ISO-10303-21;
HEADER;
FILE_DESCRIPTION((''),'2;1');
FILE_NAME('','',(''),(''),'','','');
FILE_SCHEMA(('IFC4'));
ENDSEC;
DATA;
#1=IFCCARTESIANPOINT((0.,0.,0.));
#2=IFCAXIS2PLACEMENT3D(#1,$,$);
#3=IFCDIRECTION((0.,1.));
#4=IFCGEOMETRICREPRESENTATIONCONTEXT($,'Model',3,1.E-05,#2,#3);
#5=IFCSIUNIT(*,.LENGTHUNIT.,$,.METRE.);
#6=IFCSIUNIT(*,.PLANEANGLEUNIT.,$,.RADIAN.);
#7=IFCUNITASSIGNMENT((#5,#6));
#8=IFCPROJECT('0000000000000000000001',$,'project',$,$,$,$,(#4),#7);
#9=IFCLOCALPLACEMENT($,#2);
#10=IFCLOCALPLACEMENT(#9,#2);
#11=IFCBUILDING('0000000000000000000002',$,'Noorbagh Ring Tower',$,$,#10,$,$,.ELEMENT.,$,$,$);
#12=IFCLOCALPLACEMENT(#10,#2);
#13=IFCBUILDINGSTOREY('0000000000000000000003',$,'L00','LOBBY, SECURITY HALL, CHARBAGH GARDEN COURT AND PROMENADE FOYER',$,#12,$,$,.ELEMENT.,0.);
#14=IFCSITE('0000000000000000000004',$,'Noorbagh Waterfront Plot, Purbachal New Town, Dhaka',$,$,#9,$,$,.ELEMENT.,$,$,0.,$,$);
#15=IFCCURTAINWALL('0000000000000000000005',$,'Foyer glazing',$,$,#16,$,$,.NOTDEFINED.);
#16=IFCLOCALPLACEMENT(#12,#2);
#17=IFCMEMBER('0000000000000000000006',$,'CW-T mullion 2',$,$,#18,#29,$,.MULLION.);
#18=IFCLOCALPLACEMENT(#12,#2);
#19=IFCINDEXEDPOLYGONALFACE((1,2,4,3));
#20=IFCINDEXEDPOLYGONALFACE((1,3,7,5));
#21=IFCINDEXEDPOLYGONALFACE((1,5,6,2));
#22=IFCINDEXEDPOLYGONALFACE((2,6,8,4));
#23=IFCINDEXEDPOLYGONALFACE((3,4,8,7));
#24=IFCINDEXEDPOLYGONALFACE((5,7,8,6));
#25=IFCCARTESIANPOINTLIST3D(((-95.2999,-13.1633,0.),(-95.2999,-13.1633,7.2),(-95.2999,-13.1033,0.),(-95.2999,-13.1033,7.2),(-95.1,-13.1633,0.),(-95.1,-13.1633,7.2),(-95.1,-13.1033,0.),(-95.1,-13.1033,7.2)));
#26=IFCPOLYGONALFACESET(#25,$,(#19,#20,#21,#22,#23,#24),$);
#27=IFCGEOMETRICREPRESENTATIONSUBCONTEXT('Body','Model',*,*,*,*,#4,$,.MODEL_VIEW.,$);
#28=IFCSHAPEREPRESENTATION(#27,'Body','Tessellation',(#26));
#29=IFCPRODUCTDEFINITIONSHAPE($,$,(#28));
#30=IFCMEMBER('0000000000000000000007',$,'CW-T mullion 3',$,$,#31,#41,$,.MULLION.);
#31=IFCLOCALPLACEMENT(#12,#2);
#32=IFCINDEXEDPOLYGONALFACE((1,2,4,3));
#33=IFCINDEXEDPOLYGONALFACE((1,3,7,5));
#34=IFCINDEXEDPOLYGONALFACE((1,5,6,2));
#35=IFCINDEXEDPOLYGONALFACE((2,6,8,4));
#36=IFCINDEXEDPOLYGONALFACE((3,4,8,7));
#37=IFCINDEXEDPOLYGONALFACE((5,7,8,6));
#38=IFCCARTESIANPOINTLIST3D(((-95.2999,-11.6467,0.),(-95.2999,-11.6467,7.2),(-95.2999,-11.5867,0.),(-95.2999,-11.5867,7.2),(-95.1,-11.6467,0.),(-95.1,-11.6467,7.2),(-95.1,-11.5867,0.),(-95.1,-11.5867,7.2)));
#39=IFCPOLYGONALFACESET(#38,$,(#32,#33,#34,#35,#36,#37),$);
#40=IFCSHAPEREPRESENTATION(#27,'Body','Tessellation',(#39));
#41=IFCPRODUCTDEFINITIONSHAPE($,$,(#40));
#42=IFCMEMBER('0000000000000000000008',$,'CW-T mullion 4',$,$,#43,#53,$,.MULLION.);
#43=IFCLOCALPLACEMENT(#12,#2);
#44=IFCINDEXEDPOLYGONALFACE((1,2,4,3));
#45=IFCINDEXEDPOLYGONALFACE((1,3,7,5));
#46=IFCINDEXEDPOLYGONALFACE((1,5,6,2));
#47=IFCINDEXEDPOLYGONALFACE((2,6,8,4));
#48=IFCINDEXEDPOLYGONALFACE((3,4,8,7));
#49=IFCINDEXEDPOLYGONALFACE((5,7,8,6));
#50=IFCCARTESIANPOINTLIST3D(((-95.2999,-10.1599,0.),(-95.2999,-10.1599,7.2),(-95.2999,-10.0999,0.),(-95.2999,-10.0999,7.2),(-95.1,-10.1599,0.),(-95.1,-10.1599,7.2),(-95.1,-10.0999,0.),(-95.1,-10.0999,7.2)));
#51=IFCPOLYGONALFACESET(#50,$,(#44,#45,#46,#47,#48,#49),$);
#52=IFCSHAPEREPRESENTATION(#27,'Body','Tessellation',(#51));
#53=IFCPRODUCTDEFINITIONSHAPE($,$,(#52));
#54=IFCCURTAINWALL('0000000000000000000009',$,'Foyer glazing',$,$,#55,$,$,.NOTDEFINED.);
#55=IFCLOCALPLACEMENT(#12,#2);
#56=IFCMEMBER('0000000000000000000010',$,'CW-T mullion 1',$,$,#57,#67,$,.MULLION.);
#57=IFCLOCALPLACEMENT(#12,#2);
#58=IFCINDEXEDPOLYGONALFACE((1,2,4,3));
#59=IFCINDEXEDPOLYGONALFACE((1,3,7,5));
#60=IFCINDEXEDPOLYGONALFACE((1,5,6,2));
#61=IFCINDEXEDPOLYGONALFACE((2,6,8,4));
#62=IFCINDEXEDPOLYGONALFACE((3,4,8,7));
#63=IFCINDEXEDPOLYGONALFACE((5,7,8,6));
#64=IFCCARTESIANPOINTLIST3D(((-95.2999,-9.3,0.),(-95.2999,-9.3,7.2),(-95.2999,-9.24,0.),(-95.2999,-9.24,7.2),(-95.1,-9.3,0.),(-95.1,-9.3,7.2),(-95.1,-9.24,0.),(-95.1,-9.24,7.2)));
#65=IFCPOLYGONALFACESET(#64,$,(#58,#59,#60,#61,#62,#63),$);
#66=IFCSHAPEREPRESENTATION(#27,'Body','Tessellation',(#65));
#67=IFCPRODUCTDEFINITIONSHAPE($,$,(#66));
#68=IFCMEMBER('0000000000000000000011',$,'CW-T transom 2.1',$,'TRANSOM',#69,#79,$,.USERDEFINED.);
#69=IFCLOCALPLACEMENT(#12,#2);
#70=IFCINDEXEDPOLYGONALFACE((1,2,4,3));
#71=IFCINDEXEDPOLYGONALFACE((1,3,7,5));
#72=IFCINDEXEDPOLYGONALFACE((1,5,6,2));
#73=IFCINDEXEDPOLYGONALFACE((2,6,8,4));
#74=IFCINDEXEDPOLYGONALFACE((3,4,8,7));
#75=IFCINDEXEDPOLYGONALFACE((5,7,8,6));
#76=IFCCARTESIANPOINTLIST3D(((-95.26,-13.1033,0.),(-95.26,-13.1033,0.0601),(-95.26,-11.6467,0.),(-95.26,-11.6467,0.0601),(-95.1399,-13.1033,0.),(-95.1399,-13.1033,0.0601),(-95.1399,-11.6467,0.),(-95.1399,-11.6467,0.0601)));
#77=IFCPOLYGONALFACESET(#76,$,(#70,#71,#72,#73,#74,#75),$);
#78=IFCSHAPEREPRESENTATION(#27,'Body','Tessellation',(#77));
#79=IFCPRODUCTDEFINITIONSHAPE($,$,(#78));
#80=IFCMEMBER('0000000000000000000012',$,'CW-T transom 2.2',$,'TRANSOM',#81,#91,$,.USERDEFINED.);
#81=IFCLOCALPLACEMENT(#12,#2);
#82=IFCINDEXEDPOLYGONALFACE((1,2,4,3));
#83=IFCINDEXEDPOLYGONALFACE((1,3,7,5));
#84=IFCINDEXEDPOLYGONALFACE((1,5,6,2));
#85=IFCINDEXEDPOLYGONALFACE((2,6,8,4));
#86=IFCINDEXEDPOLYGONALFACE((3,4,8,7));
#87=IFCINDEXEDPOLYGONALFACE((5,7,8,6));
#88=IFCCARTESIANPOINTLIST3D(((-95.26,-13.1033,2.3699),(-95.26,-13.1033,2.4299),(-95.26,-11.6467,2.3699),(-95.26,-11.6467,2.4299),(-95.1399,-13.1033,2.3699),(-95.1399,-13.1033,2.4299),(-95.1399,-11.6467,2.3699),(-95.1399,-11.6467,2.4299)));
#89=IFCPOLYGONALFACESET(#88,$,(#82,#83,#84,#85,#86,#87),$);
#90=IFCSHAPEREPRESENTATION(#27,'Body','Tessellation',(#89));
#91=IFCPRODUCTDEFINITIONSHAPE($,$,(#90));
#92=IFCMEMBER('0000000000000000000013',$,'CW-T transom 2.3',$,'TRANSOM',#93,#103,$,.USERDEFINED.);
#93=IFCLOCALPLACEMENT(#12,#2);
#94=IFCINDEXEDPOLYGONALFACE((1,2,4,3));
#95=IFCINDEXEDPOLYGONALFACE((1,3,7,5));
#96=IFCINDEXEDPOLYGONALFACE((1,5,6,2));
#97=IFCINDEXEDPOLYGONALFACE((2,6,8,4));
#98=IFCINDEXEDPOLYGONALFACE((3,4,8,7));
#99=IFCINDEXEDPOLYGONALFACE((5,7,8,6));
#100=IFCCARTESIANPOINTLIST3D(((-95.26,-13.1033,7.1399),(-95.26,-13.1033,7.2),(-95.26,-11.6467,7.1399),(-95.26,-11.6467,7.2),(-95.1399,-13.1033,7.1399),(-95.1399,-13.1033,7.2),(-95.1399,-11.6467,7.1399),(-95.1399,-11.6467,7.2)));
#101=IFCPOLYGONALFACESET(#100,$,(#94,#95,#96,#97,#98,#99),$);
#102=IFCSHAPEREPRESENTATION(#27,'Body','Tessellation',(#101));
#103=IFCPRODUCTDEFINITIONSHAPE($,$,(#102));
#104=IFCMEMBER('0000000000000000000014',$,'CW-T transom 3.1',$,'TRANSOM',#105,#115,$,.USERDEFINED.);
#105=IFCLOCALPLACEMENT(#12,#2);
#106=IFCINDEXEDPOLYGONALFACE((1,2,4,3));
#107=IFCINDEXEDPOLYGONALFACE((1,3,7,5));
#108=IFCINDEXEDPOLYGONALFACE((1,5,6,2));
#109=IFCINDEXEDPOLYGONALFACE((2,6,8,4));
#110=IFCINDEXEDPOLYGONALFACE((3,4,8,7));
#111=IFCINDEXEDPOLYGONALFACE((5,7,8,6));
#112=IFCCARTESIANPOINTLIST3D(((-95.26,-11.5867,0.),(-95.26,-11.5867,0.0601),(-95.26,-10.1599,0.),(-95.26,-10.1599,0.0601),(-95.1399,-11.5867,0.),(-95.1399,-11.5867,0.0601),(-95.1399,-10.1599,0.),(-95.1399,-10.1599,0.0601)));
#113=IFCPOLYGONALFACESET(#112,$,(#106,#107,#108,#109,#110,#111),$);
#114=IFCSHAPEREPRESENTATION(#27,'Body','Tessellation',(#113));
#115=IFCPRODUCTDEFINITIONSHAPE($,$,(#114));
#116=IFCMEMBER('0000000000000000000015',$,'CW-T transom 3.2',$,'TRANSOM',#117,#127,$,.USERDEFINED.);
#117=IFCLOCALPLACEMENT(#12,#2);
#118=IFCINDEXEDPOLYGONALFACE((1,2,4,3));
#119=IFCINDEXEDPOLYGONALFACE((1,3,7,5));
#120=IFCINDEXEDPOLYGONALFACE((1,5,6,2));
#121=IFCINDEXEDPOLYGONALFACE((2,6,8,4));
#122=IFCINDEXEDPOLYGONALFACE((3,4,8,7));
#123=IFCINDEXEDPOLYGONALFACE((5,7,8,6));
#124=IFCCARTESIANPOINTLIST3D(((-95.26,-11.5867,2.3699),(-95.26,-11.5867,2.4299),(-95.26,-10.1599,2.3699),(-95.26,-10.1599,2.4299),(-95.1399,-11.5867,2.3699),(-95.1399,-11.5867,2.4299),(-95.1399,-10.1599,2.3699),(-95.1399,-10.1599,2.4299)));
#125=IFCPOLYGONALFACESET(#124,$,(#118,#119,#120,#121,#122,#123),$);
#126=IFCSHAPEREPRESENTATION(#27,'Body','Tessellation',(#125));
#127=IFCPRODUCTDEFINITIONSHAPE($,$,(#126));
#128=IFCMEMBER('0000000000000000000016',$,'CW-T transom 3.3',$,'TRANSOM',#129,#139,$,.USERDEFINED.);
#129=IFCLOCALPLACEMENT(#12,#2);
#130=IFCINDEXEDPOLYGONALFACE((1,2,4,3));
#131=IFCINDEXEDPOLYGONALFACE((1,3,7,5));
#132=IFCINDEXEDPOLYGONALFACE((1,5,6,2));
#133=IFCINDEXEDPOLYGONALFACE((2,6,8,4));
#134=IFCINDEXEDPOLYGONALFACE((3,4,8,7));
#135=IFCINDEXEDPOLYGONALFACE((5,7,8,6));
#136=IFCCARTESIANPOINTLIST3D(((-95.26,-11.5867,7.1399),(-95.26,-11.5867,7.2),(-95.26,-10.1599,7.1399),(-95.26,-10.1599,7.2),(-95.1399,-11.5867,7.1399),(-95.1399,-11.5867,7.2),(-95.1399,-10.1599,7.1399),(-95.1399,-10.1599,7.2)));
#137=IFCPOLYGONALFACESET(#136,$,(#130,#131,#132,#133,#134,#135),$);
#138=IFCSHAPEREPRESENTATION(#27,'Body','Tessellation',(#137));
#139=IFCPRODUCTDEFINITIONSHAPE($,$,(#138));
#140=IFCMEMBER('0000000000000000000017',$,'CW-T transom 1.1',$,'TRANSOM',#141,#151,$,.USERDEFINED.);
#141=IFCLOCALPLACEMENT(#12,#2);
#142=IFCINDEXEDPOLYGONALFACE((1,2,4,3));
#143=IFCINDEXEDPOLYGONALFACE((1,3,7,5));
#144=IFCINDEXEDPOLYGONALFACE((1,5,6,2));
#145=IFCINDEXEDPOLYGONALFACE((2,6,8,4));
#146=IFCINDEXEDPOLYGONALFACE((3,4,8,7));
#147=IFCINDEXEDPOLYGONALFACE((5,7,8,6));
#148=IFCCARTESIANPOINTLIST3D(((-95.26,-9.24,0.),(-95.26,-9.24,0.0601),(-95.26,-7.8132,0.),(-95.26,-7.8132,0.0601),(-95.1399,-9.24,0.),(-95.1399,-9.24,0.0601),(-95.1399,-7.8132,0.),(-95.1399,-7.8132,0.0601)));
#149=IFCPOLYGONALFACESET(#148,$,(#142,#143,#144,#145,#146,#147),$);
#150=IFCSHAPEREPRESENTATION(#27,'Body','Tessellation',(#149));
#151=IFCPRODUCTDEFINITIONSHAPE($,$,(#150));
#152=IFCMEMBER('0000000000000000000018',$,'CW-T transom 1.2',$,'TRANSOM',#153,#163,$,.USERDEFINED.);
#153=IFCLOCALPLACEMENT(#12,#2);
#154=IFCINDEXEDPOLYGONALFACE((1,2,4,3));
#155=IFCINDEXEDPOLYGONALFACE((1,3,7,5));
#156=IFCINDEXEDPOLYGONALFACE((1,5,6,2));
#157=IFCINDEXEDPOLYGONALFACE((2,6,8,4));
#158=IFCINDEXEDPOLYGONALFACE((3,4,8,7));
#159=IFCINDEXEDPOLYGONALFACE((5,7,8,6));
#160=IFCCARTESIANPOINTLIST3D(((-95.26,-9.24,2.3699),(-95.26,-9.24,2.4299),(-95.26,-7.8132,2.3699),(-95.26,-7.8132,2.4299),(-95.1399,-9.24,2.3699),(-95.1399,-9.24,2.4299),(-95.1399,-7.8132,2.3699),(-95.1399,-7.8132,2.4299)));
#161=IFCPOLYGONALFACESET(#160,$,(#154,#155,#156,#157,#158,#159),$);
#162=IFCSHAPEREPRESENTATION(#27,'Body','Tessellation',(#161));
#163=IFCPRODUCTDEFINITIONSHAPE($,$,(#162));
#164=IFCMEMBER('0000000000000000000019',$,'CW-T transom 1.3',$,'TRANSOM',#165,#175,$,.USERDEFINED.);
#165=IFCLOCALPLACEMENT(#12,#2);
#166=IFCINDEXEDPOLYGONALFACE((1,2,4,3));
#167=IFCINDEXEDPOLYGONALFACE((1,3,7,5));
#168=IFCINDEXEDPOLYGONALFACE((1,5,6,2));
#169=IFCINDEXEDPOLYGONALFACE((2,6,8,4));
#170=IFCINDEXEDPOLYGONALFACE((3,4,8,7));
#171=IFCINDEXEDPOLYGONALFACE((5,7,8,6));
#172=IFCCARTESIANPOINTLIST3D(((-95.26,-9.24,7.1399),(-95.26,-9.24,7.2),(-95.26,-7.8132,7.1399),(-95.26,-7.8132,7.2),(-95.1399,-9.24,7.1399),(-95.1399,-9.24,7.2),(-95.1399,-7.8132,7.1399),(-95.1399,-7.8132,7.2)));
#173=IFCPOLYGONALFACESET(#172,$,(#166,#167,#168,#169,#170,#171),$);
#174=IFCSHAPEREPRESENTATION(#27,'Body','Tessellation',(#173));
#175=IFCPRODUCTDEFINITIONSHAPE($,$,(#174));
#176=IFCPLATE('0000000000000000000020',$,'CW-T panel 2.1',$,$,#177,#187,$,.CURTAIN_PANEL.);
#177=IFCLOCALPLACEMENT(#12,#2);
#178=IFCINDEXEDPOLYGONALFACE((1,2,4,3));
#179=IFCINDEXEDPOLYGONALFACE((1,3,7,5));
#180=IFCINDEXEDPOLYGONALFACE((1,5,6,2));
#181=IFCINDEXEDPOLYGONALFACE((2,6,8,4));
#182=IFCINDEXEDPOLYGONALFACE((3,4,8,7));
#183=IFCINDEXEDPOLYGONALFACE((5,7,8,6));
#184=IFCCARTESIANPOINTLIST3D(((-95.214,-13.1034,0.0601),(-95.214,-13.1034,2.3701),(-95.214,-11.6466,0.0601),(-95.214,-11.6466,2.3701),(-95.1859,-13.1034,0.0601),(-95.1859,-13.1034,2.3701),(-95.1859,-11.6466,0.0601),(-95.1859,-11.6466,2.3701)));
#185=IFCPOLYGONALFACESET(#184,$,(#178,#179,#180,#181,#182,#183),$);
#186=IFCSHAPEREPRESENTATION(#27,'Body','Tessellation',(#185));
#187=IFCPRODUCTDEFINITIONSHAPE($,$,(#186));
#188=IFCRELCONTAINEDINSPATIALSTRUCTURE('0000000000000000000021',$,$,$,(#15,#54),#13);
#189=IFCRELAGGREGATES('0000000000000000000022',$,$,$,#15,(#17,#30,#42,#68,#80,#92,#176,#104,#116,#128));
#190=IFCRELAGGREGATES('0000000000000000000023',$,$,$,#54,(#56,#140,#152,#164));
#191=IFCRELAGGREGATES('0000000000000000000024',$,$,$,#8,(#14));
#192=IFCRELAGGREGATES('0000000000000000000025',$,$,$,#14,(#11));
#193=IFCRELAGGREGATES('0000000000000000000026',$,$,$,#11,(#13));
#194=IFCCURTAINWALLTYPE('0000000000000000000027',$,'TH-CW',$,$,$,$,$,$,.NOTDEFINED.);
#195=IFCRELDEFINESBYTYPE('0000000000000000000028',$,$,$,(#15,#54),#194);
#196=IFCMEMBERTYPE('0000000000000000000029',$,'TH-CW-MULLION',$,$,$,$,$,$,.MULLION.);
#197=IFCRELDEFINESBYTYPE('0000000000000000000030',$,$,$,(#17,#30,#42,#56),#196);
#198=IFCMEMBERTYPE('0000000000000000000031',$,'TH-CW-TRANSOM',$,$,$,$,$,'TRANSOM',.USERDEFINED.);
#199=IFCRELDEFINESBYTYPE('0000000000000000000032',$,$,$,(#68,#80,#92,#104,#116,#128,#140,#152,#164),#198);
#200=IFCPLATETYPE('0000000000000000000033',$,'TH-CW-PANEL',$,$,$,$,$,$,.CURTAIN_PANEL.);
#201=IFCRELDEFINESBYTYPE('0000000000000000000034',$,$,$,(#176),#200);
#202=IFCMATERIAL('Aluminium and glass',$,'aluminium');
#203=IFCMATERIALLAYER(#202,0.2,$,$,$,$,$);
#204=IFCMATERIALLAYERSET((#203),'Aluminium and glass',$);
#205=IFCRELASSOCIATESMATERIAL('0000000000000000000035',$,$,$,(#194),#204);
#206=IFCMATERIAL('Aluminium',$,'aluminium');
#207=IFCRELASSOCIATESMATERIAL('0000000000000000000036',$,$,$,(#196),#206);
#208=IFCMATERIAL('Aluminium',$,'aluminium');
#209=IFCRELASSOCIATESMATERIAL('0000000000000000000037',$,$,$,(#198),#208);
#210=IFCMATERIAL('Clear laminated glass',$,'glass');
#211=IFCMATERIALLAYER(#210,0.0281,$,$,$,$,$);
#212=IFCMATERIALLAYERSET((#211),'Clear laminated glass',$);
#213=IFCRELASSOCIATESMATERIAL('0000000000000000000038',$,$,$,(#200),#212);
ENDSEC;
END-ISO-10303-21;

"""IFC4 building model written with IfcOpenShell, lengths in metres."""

from ifc_helpers import new_model, si_unit, direction, frame, origin, origin_2d, place, context, subcontext, project, spatial, rectangle, extrude, material, layer, layer_set, material_profile, profile_set, type_object, element, aggregate, save


model = new_model("IFC4")

# Units and contexts
model_context = context("Model", 3, precision=1e-05, world=origin(), true_north=direction((0.0, 1.0)))
body_context = subcontext(model_context, "Body", "Model", "MODEL_VIEW")
ifc_project = project(units=[si_unit("LENGTHUNIT", "METRE"), si_unit("PLANEANGLEUNIT", "RADIAN")], contexts=[model_context])

# Site, building, storey
site_placement = place(None, origin())
site = spatial("IfcSite", under=ifc_project, at=site_placement, Name="Noorbagh Waterfront Plot, Purbachal New Town, Dhaka", CompositionType="ELEMENT", RefElevation=0.0)
building_placement = place(site_placement, origin())
building = spatial("IfcBuilding", under=site, at=building_placement, Name="Noorbagh Ring Tower", CompositionType="ELEMENT")
storey_placement = place(building_placement, origin())
storey = spatial("IfcBuildingStorey", under=building, at=storey_placement, Name="L00", Description="LOBBY, SECURITY HALL, CHARBAGH GARDEN COURT AND PROMENADE FOYER", CompositionType="ELEMENT", Elevation=0.0)

# Curtain wall, members
ifc_material_1 = material(Name="Aluminium and glass", Category="aluminium")
ifc_layer_1 = layer(ifc_material_1, 0.2)
ifc_layer_set_1 = layer_set([ifc_layer_1], Name="Aluminium and glass")
curtain_wall_type = type_object("IfcCurtainWallType", Name="TH-CW", PredefinedType="NOTDEFINED", material=ifc_layer_set_1)
curtain_wall_1_placement = place(storey_placement, origin())
curtain_wall_1 = element("IfcCurtainWall", 1, at=curtain_wall_1_placement, inside=storey, type_object=curtain_wall_type, Name="Foyer glazing", PredefinedType="NOTDEFINED")
ifc_material_2 = material(Name="Aluminium", Category="aluminium")
ifc_material_profile_1 = material_profile(ifc_material_2, rectangle(XDim=0.2, YDim=0.0601, at=origin_2d()), Name="AL 200x60")
ifc_profile_set_1 = profile_set([ifc_material_profile_1], Name="Aluminium")
member_type_1 = type_object("IfcMemberType", Name="TH-CW-MULLION", PredefinedType="MULLION", material=ifc_profile_set_1)
member_1_placement = place(storey_placement, frame((-95.2, -13.1333, 0.0), z_axis=(0.0, 0.0, 1.0), x_axis=(-1.0, 0.0, 0.0)))
member_1 = element("IfcMember", 2, at=member_1_placement, type_object=member_type_1, Name="CW-T mullion 2", PredefinedType="MULLION", context=body_context, shape_type="SweptSolid", body=[
    extrude(rectangle(XDim=0.2, YDim=0.0601, at=origin_2d()), origin(), (0.0, 0.0, 1.0), 7.2),
])
member_2_placement = place(storey_placement, frame((-95.2, -11.6167, 0.0), z_axis=(0.0, 0.0, 1.0), x_axis=(-1.0, 0.0, 0.0)))
member_2 = element("IfcMember", 3, at=member_2_placement, type_object=member_type_1, Name="CW-T mullion 3", PredefinedType="MULLION", context=body_context, shape_type="SweptSolid", body=[
    extrude(rectangle(XDim=0.2, YDim=0.0601, at=origin_2d()), origin(), (0.0, 0.0, 1.0), 7.2),
])
member_3_placement = place(storey_placement, frame((-95.2, -10.1299, 0.0), z_axis=(0.0, 0.0, 1.0), x_axis=(-1.0, 0.0, 0.0)))
member_3 = element("IfcMember", 4, at=member_3_placement, type_object=member_type_1, Name="CW-T mullion 4", PredefinedType="MULLION", context=body_context, shape_type="SweptSolid", body=[
    extrude(rectangle(XDim=0.2, YDim=0.0601, at=origin_2d()), origin(), (0.0, 0.0, 1.0), 7.2),
])

# Curtain wall, member
curtain_wall_2_placement = place(storey_placement, origin())
curtain_wall_2 = element("IfcCurtainWall", 5, at=curtain_wall_2_placement, inside=storey, type_object=curtain_wall_type, Name="Foyer glazing", PredefinedType="NOTDEFINED")
member_4_placement = place(storey_placement, frame((-95.2, -9.27, 0.0), z_axis=(0.0, 0.0, 1.0), x_axis=(-1.0, 0.0, 0.0)))
member_4 = element("IfcMember", 6, at=member_4_placement, type_object=member_type_1, Name="CW-T mullion 1", PredefinedType="MULLION", context=body_context, shape_type="SweptSolid", body=[
    extrude(rectangle(XDim=0.2, YDim=0.0601, at=origin_2d()), origin(), (0.0, 0.0, 1.0), 7.2),
])

# Members
ifc_material_3 = material(Name="Aluminium", Category="aluminium")
ifc_material_profile_2 = material_profile(ifc_material_3, rectangle(XDim=0.1201, YDim=0.0601, at=origin_2d()), Name="AL 120x60")
ifc_profile_set_2 = profile_set([ifc_material_profile_2], Name="Aluminium")
member_type_2 = type_object("IfcMemberType", Name="TH-CW-TRANSOM", ElementType="TRANSOM", PredefinedType="USERDEFINED", material=ifc_profile_set_2)
member_5_placement = place(storey_placement, frame((-95.2, -13.1033, 0.03), z_axis=(0.0, 1.0, 0.0), x_axis=(-1.0, 0.0, 0.0)))
member_5 = element("IfcMember", 7, at=member_5_placement, type_object=member_type_2, Name="CW-T transom 2.1", ObjectType="TRANSOM", PredefinedType="USERDEFINED", context=body_context, shape_type="SweptSolid", body=[
    extrude(rectangle(XDim=0.1201, YDim=0.0601, at=origin_2d()), origin(), (0.0, 0.0, 1.0), 1.4565),
])
member_6_placement = place(storey_placement, frame((-95.2, -13.1033, 2.3999), z_axis=(0.0, 1.0, 0.0), x_axis=(-1.0, 0.0, 0.0)))
member_6 = element("IfcMember", 8, at=member_6_placement, type_object=member_type_2, Name="CW-T transom 2.2", ObjectType="TRANSOM", PredefinedType="USERDEFINED", context=body_context, shape_type="SweptSolid", body=[
    extrude(rectangle(XDim=0.1201, YDim=0.0601, at=origin_2d()), origin(), (0.0, 0.0, 1.0), 1.4565),
])
member_7_placement = place(storey_placement, frame((-95.2, -13.1033, 7.1699), z_axis=(0.0, 1.0, 0.0), x_axis=(-1.0, 0.0, 0.0)))
member_7 = element("IfcMember", 9, at=member_7_placement, type_object=member_type_2, Name="CW-T transom 2.3", ObjectType="TRANSOM", PredefinedType="USERDEFINED", context=body_context, shape_type="SweptSolid", body=[
    extrude(rectangle(XDim=0.1201, YDim=0.0601, at=origin_2d()), origin(), (0.0, 0.0, 1.0), 1.4565),
])
member_8_placement = place(storey_placement, frame((-95.2, -11.5867, 0.03), z_axis=(0.0, 1.0, 0.0), x_axis=(-1.0, 0.0, 0.0)))
member_8 = element("IfcMember", 10, at=member_8_placement, type_object=member_type_2, Name="CW-T transom 3.1", ObjectType="TRANSOM", PredefinedType="USERDEFINED", context=body_context, shape_type="SweptSolid", body=[
    extrude(rectangle(XDim=0.1201, YDim=0.0601, at=origin_2d()), origin(), (0.0, 0.0, 1.0), 1.4268),
])
member_9_placement = place(storey_placement, frame((-95.2, -11.5867, 2.3999), z_axis=(0.0, 1.0, 0.0), x_axis=(-1.0, 0.0, 0.0)))
member_9 = element("IfcMember", 11, at=member_9_placement, type_object=member_type_2, Name="CW-T transom 3.2", ObjectType="TRANSOM", PredefinedType="USERDEFINED", context=body_context, shape_type="SweptSolid", body=[
    extrude(rectangle(XDim=0.1201, YDim=0.0601, at=origin_2d()), origin(), (0.0, 0.0, 1.0), 1.4268),
])
member_10_placement = place(storey_placement, frame((-95.2, -11.5867, 7.1699), z_axis=(0.0, 1.0, 0.0), x_axis=(-1.0, 0.0, 0.0)))
member_10 = element("IfcMember", 12, at=member_10_placement, type_object=member_type_2, Name="CW-T transom 3.3", ObjectType="TRANSOM", PredefinedType="USERDEFINED", context=body_context, shape_type="SweptSolid", body=[
    extrude(rectangle(XDim=0.1201, YDim=0.0601, at=origin_2d()), origin(), (0.0, 0.0, 1.0), 1.4268),
])
member_11_placement = place(storey_placement, frame((-95.2, -9.24, 0.03), z_axis=(0.0, 1.0, 0.0), x_axis=(-1.0, 0.0, 0.0)))
member_11 = element("IfcMember", 13, at=member_11_placement, type_object=member_type_2, Name="CW-T transom 1.1", ObjectType="TRANSOM", PredefinedType="USERDEFINED", context=body_context, shape_type="SweptSolid", body=[
    extrude(rectangle(XDim=0.1201, YDim=0.0601, at=origin_2d()), origin(), (0.0, 0.0, 1.0), 1.4268),
])
member_12_placement = place(storey_placement, frame((-95.2, -9.24, 2.3999), z_axis=(0.0, 1.0, 0.0), x_axis=(-1.0, 0.0, 0.0)))
member_12 = element("IfcMember", 14, at=member_12_placement, type_object=member_type_2, Name="CW-T transom 1.2", ObjectType="TRANSOM", PredefinedType="USERDEFINED", context=body_context, shape_type="SweptSolid", body=[
    extrude(rectangle(XDim=0.1201, YDim=0.0601, at=origin_2d()), origin(), (0.0, 0.0, 1.0), 1.4268),
])
member_13_placement = place(storey_placement, frame((-95.2, -9.24, 7.1699), z_axis=(0.0, 1.0, 0.0), x_axis=(-1.0, 0.0, 0.0)))
member_13 = element("IfcMember", 15, at=member_13_placement, type_object=member_type_2, Name="CW-T transom 1.3", ObjectType="TRANSOM", PredefinedType="USERDEFINED", context=body_context, shape_type="SweptSolid", body=[
    extrude(rectangle(XDim=0.1201, YDim=0.0601, at=origin_2d()), origin(), (0.0, 0.0, 1.0), 1.4268),
])

# Plate
ifc_material_4 = material(Name="Clear laminated glass", Category="glass")
ifc_layer_2 = layer(ifc_material_4, 0.0281)
ifc_layer_set_2 = layer_set([ifc_layer_2], Name="Clear laminated glass")
plate_type = type_object("IfcPlateType", Name="TH-CW-PANEL", PredefinedType="CURTAIN_PANEL", material=ifc_layer_set_2)
plate_1_placement = place(storey_placement, frame((-95.2, -12.375, 0.0601), z_axis=(0.0, 0.0, 1.0), x_axis=(0.0, 1.0, 0.0)))
plate_1 = element("IfcPlate", 16, at=plate_1_placement, type_object=plate_type, Name="CW-T panel 2.1", PredefinedType="CURTAIN_PANEL", context=body_context, shape_type="SweptSolid", body=[
    extrude(rectangle(XDim=1.4568, YDim=0.0281, at=origin_2d()), origin(), (0.0, 0.0, 1.0), 2.3101),
])
aggregate(curtain_wall_1, [member_1, member_2, member_3, member_5, member_6, member_7, plate_1, member_8, member_9, member_10])
aggregate(curtain_wall_2, [member_4, member_11, member_12, member_13])

save(model, "model.ifc")
